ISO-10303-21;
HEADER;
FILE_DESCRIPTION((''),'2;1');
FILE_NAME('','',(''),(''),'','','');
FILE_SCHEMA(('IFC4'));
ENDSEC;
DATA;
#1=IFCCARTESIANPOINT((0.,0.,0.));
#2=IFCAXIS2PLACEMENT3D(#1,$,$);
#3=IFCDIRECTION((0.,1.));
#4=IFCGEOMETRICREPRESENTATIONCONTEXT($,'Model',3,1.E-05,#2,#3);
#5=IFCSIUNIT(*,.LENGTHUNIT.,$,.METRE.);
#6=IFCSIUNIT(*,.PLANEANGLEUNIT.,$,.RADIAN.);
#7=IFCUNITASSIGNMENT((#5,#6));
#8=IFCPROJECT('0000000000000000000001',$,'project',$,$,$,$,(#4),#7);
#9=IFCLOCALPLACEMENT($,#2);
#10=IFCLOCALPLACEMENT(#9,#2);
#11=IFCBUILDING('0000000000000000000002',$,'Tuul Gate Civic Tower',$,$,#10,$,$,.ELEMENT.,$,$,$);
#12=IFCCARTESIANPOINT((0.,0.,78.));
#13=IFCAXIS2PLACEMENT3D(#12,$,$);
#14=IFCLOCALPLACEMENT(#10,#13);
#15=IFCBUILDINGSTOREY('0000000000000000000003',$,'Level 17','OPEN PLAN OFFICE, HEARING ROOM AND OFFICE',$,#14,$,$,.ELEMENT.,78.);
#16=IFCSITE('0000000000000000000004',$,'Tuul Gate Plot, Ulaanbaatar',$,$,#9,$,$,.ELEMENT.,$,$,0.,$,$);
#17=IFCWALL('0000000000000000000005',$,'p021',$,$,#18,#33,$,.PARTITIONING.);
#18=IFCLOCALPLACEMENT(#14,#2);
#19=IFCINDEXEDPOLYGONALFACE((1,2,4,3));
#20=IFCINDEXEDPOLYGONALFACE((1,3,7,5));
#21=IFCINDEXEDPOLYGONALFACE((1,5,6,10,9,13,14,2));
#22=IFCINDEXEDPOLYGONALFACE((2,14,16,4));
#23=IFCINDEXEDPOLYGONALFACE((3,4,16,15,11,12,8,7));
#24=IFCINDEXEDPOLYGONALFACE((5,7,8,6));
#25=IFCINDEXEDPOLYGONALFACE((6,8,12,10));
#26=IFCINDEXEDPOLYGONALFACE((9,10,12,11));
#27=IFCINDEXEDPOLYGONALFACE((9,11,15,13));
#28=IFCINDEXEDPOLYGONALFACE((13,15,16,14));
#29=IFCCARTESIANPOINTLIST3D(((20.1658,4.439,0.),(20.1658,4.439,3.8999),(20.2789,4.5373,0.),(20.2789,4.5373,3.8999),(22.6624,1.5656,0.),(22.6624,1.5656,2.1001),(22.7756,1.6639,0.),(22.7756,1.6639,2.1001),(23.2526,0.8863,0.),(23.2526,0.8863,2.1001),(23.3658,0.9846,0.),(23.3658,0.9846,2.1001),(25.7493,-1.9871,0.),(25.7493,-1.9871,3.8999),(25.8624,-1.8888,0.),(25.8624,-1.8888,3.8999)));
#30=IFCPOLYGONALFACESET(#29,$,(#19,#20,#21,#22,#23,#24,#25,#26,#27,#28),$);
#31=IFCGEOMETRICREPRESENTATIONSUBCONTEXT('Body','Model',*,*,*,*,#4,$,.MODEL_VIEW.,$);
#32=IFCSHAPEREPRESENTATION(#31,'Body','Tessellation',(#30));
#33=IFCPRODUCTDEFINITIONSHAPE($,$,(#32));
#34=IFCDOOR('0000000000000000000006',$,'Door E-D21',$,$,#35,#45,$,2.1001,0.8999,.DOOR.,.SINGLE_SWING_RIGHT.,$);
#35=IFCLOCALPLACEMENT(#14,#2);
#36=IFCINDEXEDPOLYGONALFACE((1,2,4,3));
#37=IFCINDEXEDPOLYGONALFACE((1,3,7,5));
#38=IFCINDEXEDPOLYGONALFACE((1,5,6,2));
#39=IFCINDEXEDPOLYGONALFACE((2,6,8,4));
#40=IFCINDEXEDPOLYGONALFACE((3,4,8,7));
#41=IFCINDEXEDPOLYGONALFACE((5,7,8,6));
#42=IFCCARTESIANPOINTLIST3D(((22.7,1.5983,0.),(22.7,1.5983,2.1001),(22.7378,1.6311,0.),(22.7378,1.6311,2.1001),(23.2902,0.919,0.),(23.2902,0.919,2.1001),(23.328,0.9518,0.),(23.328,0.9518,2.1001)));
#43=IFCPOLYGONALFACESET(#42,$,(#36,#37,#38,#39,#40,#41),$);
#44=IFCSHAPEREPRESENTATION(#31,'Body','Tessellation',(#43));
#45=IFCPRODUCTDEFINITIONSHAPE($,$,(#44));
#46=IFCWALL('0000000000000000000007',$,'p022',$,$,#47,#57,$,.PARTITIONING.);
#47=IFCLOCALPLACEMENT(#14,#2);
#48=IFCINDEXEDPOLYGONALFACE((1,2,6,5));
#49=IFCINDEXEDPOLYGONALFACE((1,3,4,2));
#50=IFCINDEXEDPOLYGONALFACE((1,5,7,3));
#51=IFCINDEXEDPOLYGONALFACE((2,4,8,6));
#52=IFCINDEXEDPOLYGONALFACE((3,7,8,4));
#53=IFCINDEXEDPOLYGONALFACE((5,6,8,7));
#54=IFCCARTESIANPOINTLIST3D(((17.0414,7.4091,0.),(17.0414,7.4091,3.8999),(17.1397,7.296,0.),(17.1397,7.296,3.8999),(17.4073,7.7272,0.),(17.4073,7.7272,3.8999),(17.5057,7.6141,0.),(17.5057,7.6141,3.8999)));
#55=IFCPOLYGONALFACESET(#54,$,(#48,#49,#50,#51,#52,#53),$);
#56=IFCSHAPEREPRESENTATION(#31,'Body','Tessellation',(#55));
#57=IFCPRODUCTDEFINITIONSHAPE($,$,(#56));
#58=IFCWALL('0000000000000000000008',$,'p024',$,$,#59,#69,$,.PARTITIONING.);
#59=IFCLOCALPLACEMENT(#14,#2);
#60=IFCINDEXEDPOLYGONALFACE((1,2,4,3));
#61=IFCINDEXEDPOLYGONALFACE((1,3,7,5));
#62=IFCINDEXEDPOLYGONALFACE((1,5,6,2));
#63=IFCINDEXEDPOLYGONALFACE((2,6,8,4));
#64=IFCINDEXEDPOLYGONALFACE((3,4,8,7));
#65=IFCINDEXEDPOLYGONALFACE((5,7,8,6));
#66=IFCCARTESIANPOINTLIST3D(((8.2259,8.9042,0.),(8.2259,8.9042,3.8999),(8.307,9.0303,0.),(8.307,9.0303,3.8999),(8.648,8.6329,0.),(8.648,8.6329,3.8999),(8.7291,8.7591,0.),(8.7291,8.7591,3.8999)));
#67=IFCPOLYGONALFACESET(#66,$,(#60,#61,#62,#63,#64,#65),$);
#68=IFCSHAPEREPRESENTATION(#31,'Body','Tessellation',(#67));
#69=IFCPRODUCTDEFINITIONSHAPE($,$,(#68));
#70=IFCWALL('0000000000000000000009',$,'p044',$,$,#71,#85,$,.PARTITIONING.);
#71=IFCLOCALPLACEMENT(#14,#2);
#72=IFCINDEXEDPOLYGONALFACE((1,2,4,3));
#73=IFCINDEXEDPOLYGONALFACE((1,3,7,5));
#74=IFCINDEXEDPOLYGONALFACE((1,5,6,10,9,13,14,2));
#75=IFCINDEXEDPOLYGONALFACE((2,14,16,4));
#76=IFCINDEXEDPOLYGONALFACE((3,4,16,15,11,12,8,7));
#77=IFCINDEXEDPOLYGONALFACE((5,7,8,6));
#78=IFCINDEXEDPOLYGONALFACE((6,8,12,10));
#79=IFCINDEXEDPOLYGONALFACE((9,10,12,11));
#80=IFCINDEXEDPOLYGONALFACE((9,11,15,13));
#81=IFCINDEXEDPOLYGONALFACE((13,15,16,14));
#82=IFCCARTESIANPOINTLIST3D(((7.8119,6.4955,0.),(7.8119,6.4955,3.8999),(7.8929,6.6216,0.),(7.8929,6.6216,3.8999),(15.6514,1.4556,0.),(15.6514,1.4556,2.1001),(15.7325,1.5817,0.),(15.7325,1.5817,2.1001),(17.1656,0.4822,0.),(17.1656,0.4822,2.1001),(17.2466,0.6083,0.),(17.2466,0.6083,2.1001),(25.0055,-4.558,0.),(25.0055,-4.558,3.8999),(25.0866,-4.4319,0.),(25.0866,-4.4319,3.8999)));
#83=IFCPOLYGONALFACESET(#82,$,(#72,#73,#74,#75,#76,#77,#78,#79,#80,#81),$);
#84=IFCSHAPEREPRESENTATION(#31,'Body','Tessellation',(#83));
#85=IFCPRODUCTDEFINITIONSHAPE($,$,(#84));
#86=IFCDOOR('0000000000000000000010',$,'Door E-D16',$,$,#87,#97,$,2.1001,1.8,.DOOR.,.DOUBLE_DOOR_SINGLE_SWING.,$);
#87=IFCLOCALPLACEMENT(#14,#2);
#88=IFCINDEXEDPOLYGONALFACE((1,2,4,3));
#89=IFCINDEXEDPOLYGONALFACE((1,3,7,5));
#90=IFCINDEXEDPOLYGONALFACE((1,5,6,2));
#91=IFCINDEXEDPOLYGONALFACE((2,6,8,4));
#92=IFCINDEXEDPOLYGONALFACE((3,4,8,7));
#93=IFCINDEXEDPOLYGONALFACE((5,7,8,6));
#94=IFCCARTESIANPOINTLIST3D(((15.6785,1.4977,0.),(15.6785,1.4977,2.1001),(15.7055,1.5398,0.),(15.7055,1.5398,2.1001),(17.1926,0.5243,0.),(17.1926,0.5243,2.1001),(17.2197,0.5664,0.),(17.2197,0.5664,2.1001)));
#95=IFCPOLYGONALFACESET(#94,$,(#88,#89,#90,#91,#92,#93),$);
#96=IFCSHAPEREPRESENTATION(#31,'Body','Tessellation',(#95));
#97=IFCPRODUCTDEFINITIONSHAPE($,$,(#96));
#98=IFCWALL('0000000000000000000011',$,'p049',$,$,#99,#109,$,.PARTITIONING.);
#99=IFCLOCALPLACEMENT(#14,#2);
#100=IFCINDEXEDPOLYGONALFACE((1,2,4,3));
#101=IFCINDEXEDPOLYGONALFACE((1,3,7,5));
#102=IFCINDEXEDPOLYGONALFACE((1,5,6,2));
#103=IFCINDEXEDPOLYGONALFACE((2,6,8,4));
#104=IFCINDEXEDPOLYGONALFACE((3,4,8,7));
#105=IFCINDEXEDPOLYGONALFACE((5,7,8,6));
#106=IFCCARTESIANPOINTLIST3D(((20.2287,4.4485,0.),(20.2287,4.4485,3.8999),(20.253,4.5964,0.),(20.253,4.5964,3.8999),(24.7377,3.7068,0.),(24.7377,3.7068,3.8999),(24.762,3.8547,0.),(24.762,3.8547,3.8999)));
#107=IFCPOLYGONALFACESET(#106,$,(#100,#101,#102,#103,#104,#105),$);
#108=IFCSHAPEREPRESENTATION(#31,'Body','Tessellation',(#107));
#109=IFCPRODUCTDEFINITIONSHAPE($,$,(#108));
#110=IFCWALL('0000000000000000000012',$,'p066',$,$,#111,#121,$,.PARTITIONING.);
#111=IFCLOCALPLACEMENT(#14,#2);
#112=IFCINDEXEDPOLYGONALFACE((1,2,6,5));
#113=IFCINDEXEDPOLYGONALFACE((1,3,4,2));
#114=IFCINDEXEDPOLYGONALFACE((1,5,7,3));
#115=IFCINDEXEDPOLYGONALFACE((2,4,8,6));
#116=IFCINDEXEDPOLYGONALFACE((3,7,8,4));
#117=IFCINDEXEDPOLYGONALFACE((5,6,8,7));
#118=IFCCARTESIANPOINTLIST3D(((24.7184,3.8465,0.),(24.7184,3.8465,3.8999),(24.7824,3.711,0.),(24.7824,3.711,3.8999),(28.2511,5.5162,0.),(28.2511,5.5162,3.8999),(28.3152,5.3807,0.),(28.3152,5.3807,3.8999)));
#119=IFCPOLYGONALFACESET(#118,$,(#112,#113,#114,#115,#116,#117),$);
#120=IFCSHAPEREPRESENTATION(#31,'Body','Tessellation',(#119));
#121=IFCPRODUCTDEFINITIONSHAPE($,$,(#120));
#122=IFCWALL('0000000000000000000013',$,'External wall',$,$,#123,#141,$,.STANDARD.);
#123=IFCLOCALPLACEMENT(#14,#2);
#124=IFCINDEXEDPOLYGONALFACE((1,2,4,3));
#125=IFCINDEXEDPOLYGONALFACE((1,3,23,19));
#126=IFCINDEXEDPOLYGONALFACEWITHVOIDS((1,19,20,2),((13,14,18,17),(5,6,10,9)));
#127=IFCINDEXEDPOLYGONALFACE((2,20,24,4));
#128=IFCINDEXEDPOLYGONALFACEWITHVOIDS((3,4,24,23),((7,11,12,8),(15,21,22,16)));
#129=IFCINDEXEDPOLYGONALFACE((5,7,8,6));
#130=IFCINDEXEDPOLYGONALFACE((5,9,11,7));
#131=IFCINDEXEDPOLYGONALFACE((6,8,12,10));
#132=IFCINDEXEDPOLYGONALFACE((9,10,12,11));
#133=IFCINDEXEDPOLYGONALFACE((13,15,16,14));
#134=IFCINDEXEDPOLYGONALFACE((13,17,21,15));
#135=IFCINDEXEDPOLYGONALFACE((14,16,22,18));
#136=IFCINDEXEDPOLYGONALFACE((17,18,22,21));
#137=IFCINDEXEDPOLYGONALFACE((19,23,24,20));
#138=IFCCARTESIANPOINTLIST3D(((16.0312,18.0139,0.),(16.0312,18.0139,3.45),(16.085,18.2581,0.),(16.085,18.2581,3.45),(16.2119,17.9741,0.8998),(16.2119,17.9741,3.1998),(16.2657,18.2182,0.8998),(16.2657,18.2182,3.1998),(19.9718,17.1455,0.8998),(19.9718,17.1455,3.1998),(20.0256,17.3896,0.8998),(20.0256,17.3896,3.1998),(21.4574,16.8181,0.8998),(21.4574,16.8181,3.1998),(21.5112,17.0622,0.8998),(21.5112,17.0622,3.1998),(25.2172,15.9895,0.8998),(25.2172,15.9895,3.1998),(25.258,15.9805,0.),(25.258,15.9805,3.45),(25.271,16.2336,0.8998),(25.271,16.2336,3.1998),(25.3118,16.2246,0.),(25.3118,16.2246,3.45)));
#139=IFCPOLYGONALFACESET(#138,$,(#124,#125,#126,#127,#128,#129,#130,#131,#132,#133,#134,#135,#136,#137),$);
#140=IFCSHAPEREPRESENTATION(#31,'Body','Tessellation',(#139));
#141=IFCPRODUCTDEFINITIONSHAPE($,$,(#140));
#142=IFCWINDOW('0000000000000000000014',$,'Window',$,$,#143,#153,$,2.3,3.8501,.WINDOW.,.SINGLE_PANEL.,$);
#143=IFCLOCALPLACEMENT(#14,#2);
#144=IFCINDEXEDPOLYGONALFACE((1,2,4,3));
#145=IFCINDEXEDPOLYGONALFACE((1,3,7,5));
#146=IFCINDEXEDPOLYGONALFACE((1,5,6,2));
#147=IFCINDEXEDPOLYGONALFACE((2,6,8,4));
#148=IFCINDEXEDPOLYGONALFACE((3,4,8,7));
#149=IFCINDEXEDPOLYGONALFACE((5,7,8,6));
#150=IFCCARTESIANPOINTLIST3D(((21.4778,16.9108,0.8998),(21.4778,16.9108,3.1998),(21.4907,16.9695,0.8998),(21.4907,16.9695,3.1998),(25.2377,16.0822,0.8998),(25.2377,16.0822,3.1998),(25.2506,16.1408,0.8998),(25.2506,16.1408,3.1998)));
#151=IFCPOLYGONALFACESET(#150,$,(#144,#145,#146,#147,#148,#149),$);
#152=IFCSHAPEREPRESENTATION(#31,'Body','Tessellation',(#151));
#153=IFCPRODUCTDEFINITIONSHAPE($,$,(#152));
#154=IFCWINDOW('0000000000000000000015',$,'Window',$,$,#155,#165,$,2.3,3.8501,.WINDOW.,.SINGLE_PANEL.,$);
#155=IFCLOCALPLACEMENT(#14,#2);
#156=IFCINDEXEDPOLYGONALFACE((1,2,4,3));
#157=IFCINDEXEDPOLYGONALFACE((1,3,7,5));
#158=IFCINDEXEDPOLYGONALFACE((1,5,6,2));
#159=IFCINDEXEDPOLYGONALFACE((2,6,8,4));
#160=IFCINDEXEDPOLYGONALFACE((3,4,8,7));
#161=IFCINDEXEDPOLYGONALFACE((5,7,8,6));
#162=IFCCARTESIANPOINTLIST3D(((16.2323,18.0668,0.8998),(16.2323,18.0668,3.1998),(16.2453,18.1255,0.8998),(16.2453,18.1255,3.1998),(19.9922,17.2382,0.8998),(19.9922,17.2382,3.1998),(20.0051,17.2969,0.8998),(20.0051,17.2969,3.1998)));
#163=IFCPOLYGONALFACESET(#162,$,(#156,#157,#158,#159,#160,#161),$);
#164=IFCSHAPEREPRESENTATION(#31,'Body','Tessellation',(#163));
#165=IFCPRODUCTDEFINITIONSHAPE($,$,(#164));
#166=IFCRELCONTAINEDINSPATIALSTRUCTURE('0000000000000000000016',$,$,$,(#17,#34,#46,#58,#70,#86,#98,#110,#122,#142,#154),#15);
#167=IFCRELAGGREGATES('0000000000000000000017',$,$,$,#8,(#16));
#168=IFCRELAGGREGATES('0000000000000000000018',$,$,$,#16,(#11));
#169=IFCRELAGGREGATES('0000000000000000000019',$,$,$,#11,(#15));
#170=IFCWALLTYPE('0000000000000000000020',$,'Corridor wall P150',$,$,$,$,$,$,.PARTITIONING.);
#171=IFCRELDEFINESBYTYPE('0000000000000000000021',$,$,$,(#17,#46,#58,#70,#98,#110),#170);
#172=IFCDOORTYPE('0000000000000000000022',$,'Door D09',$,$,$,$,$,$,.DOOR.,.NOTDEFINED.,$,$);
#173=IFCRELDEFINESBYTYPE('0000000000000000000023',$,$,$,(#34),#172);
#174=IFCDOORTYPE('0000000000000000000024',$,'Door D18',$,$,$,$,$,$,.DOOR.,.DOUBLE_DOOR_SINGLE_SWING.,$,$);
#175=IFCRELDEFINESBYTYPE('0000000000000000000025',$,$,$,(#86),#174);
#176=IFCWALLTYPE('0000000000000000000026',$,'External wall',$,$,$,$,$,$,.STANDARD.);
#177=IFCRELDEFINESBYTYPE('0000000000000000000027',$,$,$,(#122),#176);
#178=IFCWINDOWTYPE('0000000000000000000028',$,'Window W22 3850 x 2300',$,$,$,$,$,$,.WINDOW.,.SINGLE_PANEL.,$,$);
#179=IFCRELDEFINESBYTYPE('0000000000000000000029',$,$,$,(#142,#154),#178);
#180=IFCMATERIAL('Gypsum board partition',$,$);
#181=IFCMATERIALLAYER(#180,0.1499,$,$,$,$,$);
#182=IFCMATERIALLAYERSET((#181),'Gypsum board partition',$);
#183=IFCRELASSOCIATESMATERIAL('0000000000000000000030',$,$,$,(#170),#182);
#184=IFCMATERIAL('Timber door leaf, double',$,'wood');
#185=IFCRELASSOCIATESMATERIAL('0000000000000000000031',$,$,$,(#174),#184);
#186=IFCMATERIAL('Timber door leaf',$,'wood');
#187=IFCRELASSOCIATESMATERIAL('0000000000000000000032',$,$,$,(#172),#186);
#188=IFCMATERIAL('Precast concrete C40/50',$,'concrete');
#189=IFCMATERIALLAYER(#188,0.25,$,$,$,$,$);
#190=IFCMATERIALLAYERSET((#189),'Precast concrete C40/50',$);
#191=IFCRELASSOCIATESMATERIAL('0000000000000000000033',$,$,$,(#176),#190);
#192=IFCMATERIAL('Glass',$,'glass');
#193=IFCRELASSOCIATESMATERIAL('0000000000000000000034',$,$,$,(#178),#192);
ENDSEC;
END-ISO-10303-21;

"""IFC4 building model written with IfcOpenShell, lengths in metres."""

from ifc_helpers import new_model, si_unit, direction, frame, frame_2d, origin, place, context, subcontext, project, spatial, rectangle, extrude, material, layer, layer_set, type_object, element, fill, save


model = new_model("IFC4")

# Units and contexts
model_context = context("Model", 3, precision=1e-05, world=origin(), true_north=direction((0.0, 1.0)))
body_context = subcontext(model_context, "Body", "Model", "MODEL_VIEW")
ifc_project = project(units=[si_unit("LENGTHUNIT", "METRE"), si_unit("PLANEANGLEUNIT", "RADIAN")], contexts=[model_context])

# Site, building, storey
site_placement = place(None, origin())
site = spatial("IfcSite", under=ifc_project, at=site_placement, Name="Tuul Gate Plot, Ulaanbaatar", CompositionType="ELEMENT", RefElevation=0.0)
building_placement = place(site_placement, origin())
building = spatial("IfcBuilding", under=site, at=building_placement, Name="Tuul Gate Civic Tower", CompositionType="ELEMENT")
storey_placement = place(building_placement, frame((0.0, 0.0, 78.0)))
storey = spatial("IfcBuildingStorey", under=building, at=storey_placement, Name="Level 17", Description="OPEN PLAN OFFICE, HEARING ROOM AND OFFICE", CompositionType="ELEMENT", Elevation=78.0)

# Shared definitions
ifc_material_1 = material(Name="Gypsum board partition")
ifc_layer_1 = layer(ifc_material_1, 0.1499)
ifc_layer_set_1 = layer_set([ifc_layer_1], Name="Gypsum board partition")
wall_type_1 = type_object("IfcWallType", Name="Corridor wall P150", PredefinedType="PARTITIONING", material=ifc_layer_set_1)

# Shared definitions
ifc_material_2 = material(Name="Timber door leaf, double", Category="wood")
door_type_1 = type_object("IfcDoorType", Name="Door D18", OperationType="DOUBLE_DOOR_SINGLE_SWING", PredefinedType="DOOR", material=ifc_material_2)

# Wall, opening, door
wall_1_placement = place(storey_placement, frame((20.2224, 4.488, 0.0), z_axis=(0.0, 0.0, 1.0), x_axis=(0.655888, -0.754859, 0.0)))
wall_1 = element("IfcWall", 1, at=wall_1_placement, inside=storey, type_object=wall_type_1, Name="p021", PredefinedType="PARTITIONING", context=body_context, shape_type="SweptSolid", body=[
    extrude(rectangle(XDim=8.5129, YDim=0.1499, at=frame_2d((4.2563, 0.0))), origin(), (0.0, 0.0, 1.0), 3.8999),
])
opening_1_placement = place(wall_1_placement, frame((3.8064, 0.0, 0.0)))
opening_1 = element("IfcOpeningElement", 2, at=opening_1_placement, cuts=wall_1, PredefinedType="OPENING", context=body_context, shape_type="SweptSolid", body=[
    extrude(rectangle(XDim=0.8999, YDim=2.1001, at=frame_2d((0.45, 1.05))), frame((0.0, 0.085, 0.0), z_axis=(0.0, -1.0, 0.0), x_axis=(1.0, 0.0, 0.0)), (0.0, 0.0, 1.0), 0.1699),
])
ifc_material_3 = material(Name="Timber door leaf", Category="wood")
door_type_2 = type_object("IfcDoorType", Name="Door D09", OperationType="NOTDEFINED", PredefinedType="DOOR", material=ifc_material_3)
door_1_placement = place(opening_1_placement, origin())
door_1 = element("IfcDoor", 3, at=door_1_placement, inside=storey, type_object=door_type_2, Name="Door E-D21", OperationType="SINGLE_SWING_RIGHT", OverallHeight=2.1001, OverallWidth=0.8999, PredefinedType="DOOR", context=body_context, shape_type="SweptSolid", body=[
    extrude(rectangle(XDim=0.8999, YDim=2.1001, at=frame_2d((0.45, 1.05))), frame((0.0, 0.0249, 0.0), z_axis=(0.0, -1.0, 0.0), x_axis=(1.0, 0.0, 0.0)), (0.0, 0.0, 1.0), 0.05),
])
fill(opening_1, door_1)

# Walls
wall_2_placement = place(storey_placement, frame((17.0906, 7.3525, 0.0), z_axis=(0.0, 0.0, 1.0), x_axis=(0.754725, 0.656042, 0.0)))
element("IfcWall", 4, at=wall_2_placement, inside=storey, type_object=wall_type_1, Name="p022", PredefinedType="PARTITIONING", context=body_context, shape_type="SweptSolid", body=[
    extrude(rectangle(XDim=0.4849, YDim=0.1499, at=frame_2d((0.2424, 0.0))), origin(), (0.0, 0.0, 1.0), 3.8999),
])
wall_3_placement = place(storey_placement, frame((8.2664, 8.9673, 0.0), z_axis=(0.0, 0.0, 1.0), x_axis=(0.841289, -0.540585, 0.0)))
element("IfcWall", 5, at=wall_3_placement, inside=storey, type_object=wall_type_1, Name="p024", PredefinedType="PARTITIONING", context=body_context, shape_type="SweptSolid", body=[
    extrude(rectangle(XDim=0.5017, YDim=0.1499, at=frame_2d((0.251, 0.0))), origin(), (0.0, 0.0, 1.0), 3.8999),
])

# Wall, opening, door
wall_4_placement = place(storey_placement, frame((7.8523, 6.5586, 0.0), z_axis=(0.0, 0.0, 1.0), x_axis=(0.841169, -0.540773, 0.0)))
wall_4 = element("IfcWall", 6, at=wall_4_placement, inside=storey, type_object=wall_type_1, Name="p044", PredefinedType="PARTITIONING", context=body_context, shape_type="SweptSolid", body=[
    extrude(rectangle(XDim=20.4402, YDim=0.1499, at=frame_2d((10.2202, 0.0))), origin(), (0.0, 0.0, 1.0), 3.8999),
])
opening_2_placement = place(wall_4_placement, frame((9.3201, 0.0, 0.0)))
opening_2 = element("IfcOpeningElement", 7, at=opening_2_placement, cuts=wall_4, PredefinedType="OPENING", context=body_context, shape_type="SweptSolid", body=[
    extrude(rectangle(XDim=1.8, YDim=2.1001, at=frame_2d((0.8999, 1.05))), frame((0.0, 0.085, 0.0), z_axis=(0.0, -1.0, 0.0), x_axis=(1.0, 0.0, 0.0)), (0.0, 0.0, 1.0), 0.1699),
])
door_2_placement = place(opening_2_placement, frame((1.8, 0.0, 0.0), z_axis=(0.0, 0.0, 1.0), x_axis=(-1.0, 0.0, 0.0)))
door_2 = element("IfcDoor", 8, at=door_2_placement, inside=storey, type_object=door_type_1, Name="Door E-D16", OperationType="DOUBLE_DOOR_SINGLE_SWING", OverallHeight=2.1001, OverallWidth=1.8, PredefinedType="DOOR", context=body_context, shape_type="SweptSolid", body=[
    extrude(rectangle(XDim=1.8, YDim=2.1001, at=frame_2d((0.9001, 1.05))), frame((0.0, 0.0249, 0.0), z_axis=(0.0, -1.0, 0.0), x_axis=(1.0, 0.0, 0.0)), (0.0, 0.0, 1.0), 0.05),
])
fill(opening_2, door_2)

# Walls
wall_5_placement = place(storey_placement, frame((20.241, 4.5225, 0.0), z_axis=(0.0, 0.0, 1.0), x_axis=(0.98674, -0.162311, 0.0)))
element("IfcWall", 9, at=wall_5_placement, inside=storey, type_object=wall_type_1, Name="p049", PredefinedType="PARTITIONING", context=body_context, shape_type="SweptSolid", body=[
    extrude(rectangle(XDim=4.5696, YDim=0.1499, at=frame_2d((2.2847, 0.0))), origin(), (0.0, 0.0, 1.0), 3.8999),
])
wall_6_placement = place(storey_placement, frame((24.7505, 3.7788, 0.0), z_axis=(0.0, 0.0, 1.0), x_axis=(0.904105, 0.42731, 0.0)))
element("IfcWall", 10, at=wall_6_placement, inside=storey, type_object=wall_type_1, Name="p066", PredefinedType="PARTITIONING", context=body_context, shape_type="SweptSolid", body=[
    extrude(rectangle(XDim=3.9075, YDim=0.1499, at=frame_2d((1.9536, 0.0))), origin(), (0.0, 0.0, 1.0), 3.8999),
])

# Wall, openings, windows
ifc_material_4 = material(Name="Precast concrete C40/50", Category="concrete")
ifc_layer_2 = layer(ifc_material_4, 0.25)
ifc_layer_set_2 = layer_set([ifc_layer_2], Name="Precast concrete C40/50")
wall_type_2 = type_object("IfcWallType", Name="External wall", PredefinedType="STANDARD", material=ifc_layer_set_2)
wall_7_placement = place(storey_placement, frame((25.2849, 16.1025, 0.0), z_axis=(0.0, 0.0, 1.0), x_axis=(-0.976566, 0.21522, 0.0)))
wall_7 = element("IfcWall", 11, at=wall_7_placement, inside=storey, type_object=wall_type_2, Name="External wall", PredefinedType="STANDARD", context=body_context, shape_type="SweptSolid", body=[
    extrude(rectangle(XDim=9.4482, YDim=0.25, at=frame_2d((4.7241, 0.0))), origin(), (0.0, 0.0, 1.0), 3.45),
])
opening_3_placement = place(wall_7_placement, frame((0.0417, 0.0, 0.8999)))
opening_3 = element("IfcOpeningElement", 12, at=opening_3_placement, cuts=wall_7, PredefinedType="OPENING", context=body_context, shape_type="SweptSolid", body=[
    extrude(rectangle(XDim=3.8501, YDim=2.3, at=frame_2d((1.925, 1.1499))), frame((0.0, 0.135, 0.0), z_axis=(0.0, -1.0, 0.0), x_axis=(1.0, 0.0, 0.0)), (0.0, 0.0, 1.0), 0.27),
])
opening_4_placement = place(wall_7_placement, frame((5.4131, 0.0, 0.8999)))
opening_4 = element("IfcOpeningElement", 13, at=opening_4_placement, cuts=wall_7, PredefinedType="OPENING", context=body_context, shape_type="SweptSolid", body=[
    extrude(rectangle(XDim=3.8501, YDim=2.3, at=frame_2d((1.925, 1.1499))), frame((0.0, 0.135, 0.0), z_axis=(0.0, -1.0, 0.0), x_axis=(1.0, 0.0, 0.0)), (0.0, 0.0, 1.0), 0.27),
])
ifc_material_5 = material(Name="Glass", Category="glass")
window_type = type_object("IfcWindowType", Name="Window W22 3850 x 2300", PartitioningType="SINGLE_PANEL", PredefinedType="WINDOW", material=ifc_material_5)
window_1_placement = place(opening_3_placement, origin())
window_1 = element("IfcWindow", 14, at=window_1_placement, inside=storey, type_object=window_type, Name="Window", OverallHeight=2.3, OverallWidth=3.8501, PartitioningType="SINGLE_PANEL", PredefinedType="WINDOW", context=body_context, shape_type="SweptSolid", body=[
    extrude(rectangle(XDim=3.8501, YDim=2.3, at=frame_2d((1.925, 1.1499))), frame((0.0, 0.03, 0.0), z_axis=(0.0, -1.0, 0.0), x_axis=(1.0, 0.0, 0.0)), (0.0, 0.0, 1.0), 0.0601),
])
fill(opening_3, window_1)
window_2_placement = place(opening_4_placement, origin())
window_2 = element("IfcWindow", 15, at=window_2_placement, inside=storey, type_object=window_type, Name="Window", OverallHeight=2.3, OverallWidth=3.8501, PartitioningType="SINGLE_PANEL", PredefinedType="WINDOW", context=body_context, shape_type="SweptSolid", body=[
    extrude(rectangle(XDim=3.8501, YDim=2.3, at=frame_2d((1.925, 1.1499))), frame((0.0, 0.03, 0.0), z_axis=(0.0, -1.0, 0.0), x_axis=(1.0, 0.0, 0.0)), (0.0, 0.0, 1.0), 0.0601),
])
fill(opening_4, window_2)

save(model, "model.ifc")
